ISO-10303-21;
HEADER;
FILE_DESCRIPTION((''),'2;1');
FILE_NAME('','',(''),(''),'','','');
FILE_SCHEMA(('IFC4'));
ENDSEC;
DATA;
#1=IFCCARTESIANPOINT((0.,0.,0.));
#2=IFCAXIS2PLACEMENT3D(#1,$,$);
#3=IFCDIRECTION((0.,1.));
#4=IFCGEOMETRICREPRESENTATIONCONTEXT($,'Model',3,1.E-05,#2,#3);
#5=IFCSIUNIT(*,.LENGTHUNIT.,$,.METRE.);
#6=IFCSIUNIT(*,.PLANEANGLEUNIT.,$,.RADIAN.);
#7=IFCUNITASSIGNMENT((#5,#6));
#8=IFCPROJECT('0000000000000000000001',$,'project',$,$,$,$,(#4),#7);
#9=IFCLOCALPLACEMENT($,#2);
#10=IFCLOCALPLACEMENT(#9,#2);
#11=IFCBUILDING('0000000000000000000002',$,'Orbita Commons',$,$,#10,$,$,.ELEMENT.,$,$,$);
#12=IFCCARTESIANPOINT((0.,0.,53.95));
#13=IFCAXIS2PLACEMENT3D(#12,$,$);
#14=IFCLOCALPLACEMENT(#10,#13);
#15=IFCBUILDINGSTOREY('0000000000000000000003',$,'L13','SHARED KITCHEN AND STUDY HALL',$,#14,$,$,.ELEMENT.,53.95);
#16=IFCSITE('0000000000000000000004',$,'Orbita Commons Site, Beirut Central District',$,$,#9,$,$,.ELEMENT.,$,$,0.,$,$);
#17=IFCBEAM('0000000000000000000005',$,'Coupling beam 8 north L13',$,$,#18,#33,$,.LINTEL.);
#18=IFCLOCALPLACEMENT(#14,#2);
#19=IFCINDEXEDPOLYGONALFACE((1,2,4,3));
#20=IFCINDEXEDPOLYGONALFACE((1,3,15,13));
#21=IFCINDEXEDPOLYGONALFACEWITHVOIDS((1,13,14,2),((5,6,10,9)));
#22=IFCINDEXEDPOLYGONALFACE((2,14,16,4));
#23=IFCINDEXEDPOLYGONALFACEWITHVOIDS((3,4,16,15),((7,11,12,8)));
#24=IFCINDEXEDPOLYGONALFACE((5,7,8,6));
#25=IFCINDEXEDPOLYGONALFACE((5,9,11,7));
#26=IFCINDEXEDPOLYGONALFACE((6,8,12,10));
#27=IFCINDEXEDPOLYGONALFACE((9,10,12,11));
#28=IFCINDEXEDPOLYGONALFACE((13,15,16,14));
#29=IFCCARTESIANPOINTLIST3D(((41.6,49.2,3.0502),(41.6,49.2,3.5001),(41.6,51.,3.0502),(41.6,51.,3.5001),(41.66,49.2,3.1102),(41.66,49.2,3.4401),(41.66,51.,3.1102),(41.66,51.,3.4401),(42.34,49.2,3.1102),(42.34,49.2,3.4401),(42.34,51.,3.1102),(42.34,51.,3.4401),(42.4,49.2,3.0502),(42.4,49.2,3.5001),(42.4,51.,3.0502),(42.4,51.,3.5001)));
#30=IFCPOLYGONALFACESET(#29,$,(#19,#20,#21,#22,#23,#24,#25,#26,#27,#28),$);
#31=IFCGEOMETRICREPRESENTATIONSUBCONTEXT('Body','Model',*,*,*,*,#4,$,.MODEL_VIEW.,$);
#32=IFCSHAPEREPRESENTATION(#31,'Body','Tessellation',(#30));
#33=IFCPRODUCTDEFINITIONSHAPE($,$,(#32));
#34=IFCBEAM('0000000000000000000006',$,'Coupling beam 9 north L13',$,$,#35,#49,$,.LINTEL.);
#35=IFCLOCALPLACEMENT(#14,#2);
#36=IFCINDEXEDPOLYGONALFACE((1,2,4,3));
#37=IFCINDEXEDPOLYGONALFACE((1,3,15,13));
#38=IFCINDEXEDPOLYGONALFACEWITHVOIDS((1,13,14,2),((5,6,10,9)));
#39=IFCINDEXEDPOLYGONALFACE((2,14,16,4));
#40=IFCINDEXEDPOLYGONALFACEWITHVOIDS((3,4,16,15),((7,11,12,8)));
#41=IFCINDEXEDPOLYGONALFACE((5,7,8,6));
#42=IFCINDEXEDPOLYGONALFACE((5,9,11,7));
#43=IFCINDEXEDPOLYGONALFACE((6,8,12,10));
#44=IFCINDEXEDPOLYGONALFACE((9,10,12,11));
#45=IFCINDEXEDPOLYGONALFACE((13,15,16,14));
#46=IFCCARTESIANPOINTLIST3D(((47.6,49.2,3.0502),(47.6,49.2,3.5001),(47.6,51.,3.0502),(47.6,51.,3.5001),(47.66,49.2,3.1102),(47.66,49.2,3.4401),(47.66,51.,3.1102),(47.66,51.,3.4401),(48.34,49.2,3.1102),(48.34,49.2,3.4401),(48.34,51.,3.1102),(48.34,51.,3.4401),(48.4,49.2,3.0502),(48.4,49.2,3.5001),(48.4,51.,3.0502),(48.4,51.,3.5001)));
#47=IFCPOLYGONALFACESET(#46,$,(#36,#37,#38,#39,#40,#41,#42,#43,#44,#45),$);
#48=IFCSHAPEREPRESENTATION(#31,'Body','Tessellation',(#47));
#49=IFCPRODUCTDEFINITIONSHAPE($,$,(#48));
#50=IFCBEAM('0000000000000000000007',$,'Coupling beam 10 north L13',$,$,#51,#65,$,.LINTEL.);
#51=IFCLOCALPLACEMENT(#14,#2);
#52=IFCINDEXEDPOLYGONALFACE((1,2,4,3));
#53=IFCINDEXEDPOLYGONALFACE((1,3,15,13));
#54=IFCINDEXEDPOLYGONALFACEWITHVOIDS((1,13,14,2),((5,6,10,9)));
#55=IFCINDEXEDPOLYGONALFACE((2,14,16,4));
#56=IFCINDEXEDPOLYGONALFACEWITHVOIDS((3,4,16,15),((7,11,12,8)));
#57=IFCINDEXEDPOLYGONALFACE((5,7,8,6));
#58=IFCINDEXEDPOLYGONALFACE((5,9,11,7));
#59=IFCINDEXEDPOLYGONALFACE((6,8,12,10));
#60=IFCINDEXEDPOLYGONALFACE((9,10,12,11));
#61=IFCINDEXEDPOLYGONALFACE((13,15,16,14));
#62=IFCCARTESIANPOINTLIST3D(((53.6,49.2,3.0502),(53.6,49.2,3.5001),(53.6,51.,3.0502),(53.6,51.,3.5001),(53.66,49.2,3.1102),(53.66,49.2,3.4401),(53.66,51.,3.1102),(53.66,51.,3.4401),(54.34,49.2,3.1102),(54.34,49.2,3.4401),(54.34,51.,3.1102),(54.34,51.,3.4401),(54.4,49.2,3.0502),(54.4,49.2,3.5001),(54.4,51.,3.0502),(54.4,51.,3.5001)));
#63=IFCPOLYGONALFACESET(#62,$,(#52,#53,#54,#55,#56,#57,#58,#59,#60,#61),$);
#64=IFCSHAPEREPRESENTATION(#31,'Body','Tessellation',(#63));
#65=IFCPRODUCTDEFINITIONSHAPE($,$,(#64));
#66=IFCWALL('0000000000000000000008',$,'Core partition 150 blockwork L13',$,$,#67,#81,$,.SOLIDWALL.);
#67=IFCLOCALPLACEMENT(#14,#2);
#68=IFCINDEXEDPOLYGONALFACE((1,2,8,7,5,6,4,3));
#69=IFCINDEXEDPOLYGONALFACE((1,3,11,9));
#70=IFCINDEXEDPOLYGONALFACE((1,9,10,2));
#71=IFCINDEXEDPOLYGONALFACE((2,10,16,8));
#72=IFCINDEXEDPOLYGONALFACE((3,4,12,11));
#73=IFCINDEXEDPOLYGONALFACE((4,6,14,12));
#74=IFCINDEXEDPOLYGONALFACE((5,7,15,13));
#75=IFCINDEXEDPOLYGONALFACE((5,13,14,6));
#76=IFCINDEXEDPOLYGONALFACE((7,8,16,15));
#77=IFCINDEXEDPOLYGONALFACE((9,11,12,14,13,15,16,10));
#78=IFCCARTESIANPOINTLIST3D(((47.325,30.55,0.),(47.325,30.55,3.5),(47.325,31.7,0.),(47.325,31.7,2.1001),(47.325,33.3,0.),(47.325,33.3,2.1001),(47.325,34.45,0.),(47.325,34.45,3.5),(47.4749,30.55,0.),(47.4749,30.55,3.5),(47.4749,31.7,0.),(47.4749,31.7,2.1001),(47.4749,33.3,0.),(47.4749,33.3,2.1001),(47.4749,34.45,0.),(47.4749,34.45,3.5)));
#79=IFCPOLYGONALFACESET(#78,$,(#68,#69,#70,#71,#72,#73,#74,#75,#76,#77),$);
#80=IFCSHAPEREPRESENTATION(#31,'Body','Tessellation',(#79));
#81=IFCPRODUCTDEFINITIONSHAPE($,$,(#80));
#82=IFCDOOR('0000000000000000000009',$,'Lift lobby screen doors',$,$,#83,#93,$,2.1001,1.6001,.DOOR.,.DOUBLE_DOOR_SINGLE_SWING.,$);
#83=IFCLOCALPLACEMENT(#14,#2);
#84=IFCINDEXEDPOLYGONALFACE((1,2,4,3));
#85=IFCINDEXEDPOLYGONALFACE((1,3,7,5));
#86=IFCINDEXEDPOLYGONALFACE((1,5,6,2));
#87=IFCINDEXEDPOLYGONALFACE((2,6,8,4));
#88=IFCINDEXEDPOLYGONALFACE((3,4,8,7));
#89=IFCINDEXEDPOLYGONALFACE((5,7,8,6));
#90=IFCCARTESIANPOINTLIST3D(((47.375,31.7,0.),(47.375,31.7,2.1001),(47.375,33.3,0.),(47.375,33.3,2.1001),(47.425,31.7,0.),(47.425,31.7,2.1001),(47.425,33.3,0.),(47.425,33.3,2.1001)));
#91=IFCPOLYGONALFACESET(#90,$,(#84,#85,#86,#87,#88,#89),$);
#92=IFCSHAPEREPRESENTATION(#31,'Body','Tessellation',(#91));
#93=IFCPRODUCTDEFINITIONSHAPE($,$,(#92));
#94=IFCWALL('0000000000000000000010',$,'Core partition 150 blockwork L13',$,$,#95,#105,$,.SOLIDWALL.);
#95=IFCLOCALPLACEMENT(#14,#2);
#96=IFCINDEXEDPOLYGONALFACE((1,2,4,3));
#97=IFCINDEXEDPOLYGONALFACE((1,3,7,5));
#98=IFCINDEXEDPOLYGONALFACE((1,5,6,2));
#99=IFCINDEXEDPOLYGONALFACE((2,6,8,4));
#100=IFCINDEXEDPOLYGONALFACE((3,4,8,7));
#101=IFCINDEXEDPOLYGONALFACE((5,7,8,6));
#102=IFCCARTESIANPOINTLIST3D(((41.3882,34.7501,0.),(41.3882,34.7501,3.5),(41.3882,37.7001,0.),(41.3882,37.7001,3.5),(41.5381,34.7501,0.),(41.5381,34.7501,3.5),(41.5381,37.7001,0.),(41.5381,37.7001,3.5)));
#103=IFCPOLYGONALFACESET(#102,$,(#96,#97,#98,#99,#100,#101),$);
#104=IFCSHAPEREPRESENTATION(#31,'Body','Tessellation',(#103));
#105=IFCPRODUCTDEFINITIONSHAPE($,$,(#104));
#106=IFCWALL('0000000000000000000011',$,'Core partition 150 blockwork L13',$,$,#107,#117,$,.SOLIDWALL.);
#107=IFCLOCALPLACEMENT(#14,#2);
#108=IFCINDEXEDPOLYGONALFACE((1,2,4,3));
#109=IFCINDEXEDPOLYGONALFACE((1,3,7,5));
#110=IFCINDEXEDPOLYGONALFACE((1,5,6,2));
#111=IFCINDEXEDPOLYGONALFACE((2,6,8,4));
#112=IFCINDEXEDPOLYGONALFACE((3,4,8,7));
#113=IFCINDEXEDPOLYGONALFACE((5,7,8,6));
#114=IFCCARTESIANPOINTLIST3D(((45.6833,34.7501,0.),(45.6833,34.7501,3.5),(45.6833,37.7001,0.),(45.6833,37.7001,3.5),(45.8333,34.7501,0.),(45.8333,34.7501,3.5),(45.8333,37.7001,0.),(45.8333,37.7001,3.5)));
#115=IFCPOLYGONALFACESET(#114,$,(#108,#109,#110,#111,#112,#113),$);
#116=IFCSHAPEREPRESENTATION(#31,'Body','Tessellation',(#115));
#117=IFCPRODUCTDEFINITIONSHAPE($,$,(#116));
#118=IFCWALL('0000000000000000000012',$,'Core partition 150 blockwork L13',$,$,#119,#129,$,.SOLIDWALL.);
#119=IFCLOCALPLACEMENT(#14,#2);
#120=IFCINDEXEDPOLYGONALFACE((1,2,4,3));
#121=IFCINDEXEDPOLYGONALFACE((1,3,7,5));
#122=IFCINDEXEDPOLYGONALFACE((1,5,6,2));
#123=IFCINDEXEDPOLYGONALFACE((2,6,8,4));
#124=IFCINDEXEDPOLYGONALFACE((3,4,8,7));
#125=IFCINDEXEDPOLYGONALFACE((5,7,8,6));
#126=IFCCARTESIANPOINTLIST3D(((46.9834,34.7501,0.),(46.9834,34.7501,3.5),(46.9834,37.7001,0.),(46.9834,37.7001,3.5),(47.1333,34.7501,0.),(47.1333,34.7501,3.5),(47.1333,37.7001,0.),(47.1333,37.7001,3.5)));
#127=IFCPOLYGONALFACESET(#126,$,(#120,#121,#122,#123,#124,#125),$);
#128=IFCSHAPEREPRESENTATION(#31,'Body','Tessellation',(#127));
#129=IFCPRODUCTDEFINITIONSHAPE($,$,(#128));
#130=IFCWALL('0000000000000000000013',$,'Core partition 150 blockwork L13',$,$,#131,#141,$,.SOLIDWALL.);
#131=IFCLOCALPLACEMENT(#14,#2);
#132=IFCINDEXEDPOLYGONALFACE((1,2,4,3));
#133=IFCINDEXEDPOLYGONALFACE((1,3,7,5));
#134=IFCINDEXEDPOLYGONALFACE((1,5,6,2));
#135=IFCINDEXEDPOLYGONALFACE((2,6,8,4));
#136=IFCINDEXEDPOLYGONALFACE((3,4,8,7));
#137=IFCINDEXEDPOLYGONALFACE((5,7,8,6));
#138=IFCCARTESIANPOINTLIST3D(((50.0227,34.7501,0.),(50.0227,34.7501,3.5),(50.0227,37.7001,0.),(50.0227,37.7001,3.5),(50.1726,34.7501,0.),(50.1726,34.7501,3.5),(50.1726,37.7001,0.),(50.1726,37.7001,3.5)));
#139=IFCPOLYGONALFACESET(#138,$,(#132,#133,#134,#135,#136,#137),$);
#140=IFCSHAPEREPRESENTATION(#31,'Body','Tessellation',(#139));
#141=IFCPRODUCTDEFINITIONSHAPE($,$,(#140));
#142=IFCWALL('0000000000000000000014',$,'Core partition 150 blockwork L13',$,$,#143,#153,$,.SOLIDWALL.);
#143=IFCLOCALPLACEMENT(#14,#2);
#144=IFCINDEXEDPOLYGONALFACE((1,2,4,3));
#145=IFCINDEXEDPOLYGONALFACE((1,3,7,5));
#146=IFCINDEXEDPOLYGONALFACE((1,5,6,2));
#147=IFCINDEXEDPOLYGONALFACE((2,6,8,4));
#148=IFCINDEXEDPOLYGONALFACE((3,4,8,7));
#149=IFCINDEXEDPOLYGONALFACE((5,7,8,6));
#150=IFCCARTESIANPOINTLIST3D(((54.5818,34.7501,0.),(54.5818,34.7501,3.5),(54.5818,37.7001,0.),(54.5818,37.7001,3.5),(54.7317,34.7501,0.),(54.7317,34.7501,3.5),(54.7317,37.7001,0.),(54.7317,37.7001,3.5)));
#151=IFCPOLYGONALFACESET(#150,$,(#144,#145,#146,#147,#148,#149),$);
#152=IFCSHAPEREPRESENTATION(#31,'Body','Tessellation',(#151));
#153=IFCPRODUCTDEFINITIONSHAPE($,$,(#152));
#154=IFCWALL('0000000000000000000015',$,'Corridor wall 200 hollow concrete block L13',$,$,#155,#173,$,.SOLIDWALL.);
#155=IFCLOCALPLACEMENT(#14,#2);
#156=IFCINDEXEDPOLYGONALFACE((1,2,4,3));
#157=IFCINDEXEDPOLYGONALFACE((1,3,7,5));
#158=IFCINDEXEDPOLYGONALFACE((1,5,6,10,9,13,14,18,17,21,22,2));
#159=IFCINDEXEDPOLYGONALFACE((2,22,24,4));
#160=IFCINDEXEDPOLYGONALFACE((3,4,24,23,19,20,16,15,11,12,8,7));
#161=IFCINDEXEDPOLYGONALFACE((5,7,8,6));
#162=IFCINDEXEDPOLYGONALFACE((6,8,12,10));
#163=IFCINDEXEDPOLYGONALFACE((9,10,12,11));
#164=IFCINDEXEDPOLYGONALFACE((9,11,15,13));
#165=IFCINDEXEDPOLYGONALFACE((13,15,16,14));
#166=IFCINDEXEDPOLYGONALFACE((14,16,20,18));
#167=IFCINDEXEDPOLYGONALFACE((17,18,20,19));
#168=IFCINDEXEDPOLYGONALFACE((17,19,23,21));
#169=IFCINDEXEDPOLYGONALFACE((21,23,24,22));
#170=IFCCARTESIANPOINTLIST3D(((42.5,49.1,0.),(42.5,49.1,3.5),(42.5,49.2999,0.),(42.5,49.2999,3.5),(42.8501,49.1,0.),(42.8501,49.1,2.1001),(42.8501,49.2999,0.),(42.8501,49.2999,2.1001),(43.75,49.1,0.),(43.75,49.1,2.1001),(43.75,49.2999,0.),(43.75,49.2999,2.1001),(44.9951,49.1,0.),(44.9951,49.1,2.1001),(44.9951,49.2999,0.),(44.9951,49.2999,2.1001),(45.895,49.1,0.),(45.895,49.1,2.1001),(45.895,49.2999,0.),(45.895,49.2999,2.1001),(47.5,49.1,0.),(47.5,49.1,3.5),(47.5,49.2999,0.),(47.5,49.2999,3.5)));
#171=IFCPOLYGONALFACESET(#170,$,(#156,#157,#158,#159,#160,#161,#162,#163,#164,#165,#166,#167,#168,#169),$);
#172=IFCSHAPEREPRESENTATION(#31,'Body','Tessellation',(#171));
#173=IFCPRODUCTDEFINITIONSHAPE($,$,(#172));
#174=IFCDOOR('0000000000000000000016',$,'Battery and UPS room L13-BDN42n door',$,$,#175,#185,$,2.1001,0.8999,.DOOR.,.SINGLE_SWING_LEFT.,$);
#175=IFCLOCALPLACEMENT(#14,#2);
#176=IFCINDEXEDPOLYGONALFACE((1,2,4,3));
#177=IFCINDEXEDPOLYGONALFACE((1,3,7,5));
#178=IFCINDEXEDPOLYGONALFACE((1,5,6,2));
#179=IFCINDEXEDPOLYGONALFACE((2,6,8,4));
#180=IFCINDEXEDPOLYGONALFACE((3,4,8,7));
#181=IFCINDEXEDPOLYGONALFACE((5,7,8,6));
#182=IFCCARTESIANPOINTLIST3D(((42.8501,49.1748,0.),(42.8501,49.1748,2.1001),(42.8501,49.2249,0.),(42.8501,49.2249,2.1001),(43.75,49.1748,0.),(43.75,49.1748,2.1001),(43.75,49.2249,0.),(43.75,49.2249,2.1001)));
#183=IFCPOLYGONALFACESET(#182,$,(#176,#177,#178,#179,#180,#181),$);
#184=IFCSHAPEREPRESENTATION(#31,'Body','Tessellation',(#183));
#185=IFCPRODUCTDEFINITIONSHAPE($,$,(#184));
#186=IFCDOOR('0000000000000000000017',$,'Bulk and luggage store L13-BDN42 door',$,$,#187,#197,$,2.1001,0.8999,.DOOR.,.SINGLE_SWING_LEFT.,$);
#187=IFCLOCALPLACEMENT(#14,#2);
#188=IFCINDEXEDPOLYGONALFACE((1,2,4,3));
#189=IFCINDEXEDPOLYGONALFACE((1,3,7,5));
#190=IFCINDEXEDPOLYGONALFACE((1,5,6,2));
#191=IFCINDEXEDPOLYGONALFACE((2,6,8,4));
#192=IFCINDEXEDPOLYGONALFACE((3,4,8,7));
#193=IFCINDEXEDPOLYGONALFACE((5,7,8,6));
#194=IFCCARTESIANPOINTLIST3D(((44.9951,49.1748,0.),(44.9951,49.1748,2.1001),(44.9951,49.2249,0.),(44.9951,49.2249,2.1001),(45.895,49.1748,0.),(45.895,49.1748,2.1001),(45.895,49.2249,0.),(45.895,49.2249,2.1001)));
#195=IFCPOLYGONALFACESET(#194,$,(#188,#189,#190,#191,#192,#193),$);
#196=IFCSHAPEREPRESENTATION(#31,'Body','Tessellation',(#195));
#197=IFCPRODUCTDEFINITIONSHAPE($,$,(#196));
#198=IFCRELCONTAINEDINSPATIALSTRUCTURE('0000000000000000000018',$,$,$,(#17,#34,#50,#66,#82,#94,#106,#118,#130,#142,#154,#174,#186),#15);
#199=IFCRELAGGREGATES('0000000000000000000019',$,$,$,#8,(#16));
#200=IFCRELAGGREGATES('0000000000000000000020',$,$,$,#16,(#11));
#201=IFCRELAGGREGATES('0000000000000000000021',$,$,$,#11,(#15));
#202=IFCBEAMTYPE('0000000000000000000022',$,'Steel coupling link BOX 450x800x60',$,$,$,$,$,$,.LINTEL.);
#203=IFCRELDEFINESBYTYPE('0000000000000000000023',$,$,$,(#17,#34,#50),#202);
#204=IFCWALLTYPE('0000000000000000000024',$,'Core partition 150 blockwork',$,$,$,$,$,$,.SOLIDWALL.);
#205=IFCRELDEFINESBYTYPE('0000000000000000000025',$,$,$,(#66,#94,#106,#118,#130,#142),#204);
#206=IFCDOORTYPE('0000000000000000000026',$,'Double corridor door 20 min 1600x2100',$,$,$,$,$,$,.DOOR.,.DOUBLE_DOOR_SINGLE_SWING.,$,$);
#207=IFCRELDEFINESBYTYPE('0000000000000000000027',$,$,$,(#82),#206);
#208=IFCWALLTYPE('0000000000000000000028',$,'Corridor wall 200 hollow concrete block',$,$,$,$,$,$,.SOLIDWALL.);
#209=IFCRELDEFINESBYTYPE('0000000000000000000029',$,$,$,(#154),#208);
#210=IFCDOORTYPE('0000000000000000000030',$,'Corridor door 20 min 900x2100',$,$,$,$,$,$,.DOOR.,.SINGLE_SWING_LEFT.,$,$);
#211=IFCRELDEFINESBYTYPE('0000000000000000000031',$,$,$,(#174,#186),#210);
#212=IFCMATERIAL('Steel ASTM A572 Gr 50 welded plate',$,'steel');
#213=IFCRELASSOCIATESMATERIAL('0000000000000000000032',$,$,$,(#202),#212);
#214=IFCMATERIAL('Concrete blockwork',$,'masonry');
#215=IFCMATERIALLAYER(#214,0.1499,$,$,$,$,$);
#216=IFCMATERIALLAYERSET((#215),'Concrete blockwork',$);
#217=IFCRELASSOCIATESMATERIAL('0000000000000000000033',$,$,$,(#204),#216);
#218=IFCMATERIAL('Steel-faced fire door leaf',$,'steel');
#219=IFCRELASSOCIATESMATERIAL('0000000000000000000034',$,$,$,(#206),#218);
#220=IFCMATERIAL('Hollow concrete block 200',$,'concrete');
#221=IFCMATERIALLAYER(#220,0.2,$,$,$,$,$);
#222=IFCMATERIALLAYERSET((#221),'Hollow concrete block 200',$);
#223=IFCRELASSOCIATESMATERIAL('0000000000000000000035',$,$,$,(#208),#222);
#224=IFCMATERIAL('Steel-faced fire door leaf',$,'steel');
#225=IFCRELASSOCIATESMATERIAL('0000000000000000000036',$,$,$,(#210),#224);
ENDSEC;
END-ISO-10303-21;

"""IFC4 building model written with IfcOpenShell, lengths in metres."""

from ifc_helpers import new_model, si_unit, direction, frame, frame_2d, origin, origin_2d, place, context, subcontext, project, spatial, rectangle, hollow_rectangle, extrude, material, layer, layer_set, material_profile, profile_set, type_object, element, fill, save


model = new_model("IFC4")

# Units and contexts
model_context = context("Model", 3, precision=1e-05, world=origin(), true_north=direction((0.0, 1.0)))
body_context = subcontext(model_context, "Body", "Model", "MODEL_VIEW")
ifc_project = project(units=[si_unit("LENGTHUNIT", "METRE"), si_unit("PLANEANGLEUNIT", "RADIAN")], contexts=[model_context])

# Site, building, storey
site_placement = place(None, origin())
site = spatial("IfcSite", under=ifc_project, at=site_placement, Name="Orbita Commons Site, Beirut Central District", CompositionType="ELEMENT", RefElevation=0.0)
building_placement = place(site_placement, origin())
building = spatial("IfcBuilding", under=site, at=building_placement, Name="Orbita Commons", CompositionType="ELEMENT")
storey_placement = place(building_placement, frame((0.0, 0.0, 53.95)))
storey = spatial("IfcBuildingStorey", under=building, at=storey_placement, Name="L13", Description="SHARED KITCHEN AND STUDY HALL", CompositionType="ELEMENT", Elevation=53.95)

# Beams
ifc_material_1 = material(Name="Steel ASTM A572 Gr 50 welded plate", Category="steel")
ifc_material_profile = material_profile(ifc_material_1, hollow_rectangle(XDim=0.8, YDim=0.45, WallThickness=0.0601, at=origin_2d()), Name="BOX 450x800x60")
ifc_profile_set = profile_set([ifc_material_profile], Name="Steel ASTM A572 Gr 50 welded plate")
beam_type = type_object("IfcBeamType", Name="Steel coupling link BOX 450x800x60", PredefinedType="LINTEL", material=ifc_profile_set)
for number, where, z_axis, x_axis, name in (
    (1, (42.0, 49.2, 3.2751), (0.0, 1.0, 0.0), (-1.0, 0.0, 0.0), "Coupling beam 8 north L13"),
    (2, (48.0, 49.2, 3.2751), (0.0, 1.0, 0.0), (-1.0, 0.0, 0.0), "Coupling beam 9 north L13"),
    (3, (54.0, 49.2, 3.2751), (0.0, 1.0, 0.0), (-1.0, 0.0, 0.0), "Coupling beam 10 north L13"),
):
    element("IfcBeam", number, at=place(storey_placement, frame(where, z_axis=z_axis, x_axis=x_axis)), inside=storey, type_object=beam_type, Name=name, PredefinedType="LINTEL", context=body_context, shape_type="SweptSolid", body=[
        extrude(hollow_rectangle(XDim=0.8, YDim=0.45, WallThickness=0.0601, at=origin_2d()), origin(), (0.0, 0.0, 1.0), 1.8),
    ])

# Wall, opening, door
ifc_material_2 = material(Name="Concrete blockwork", Category="masonry")
ifc_layer_1 = layer(ifc_material_2, 0.1499)
ifc_layer_set_1 = layer_set([ifc_layer_1], Name="Concrete blockwork")
wall_type_1 = type_object("IfcWallType", Name="Core partition 150 blockwork", PredefinedType="SOLIDWALL", material=ifc_layer_set_1)
wall_1_placement = place(storey_placement, frame((47.3999, 30.55, 0.0), z_axis=(0.0, 0.0, 1.0), x_axis=(0.0, 1.0, 0.0)))
wall_1 = element("IfcWall", 4, at=wall_1_placement, inside=storey, type_object=wall_type_1, Name="Core partition 150 blockwork L13", PredefinedType="SOLIDWALL", context=body_context, shape_type="SweptSolid", body=[
    extrude(rectangle(XDim=3.8999, YDim=0.1499, at=frame_2d((1.95, 0.0))), origin(), (0.0, 0.0, 1.0), 3.5),
])
opening_1_placement = place(wall_1_placement, frame((1.1499, 0.0, 0.0)))
opening_1 = element("IfcOpeningElement", 5, at=opening_1_placement, cuts=wall_1, PredefinedType="OPENING", context=body_context, shape_type="SweptSolid", body=[
    extrude(rectangle(XDim=1.6001, YDim=2.1001, at=frame_2d((0.8, 1.05))), frame((0.0, 0.085, 0.0), z_axis=(0.0, -1.0, 0.0), x_axis=(1.0, 0.0, 0.0)), (0.0, 0.0, 1.0), 0.1699),
])
ifc_material_3 = material(Name="Steel-faced fire door leaf", Category="steel")
door_type_1 = type_object("IfcDoorType", Name="Double corridor door 20 min 1600x2100", OperationType="DOUBLE_DOOR_SINGLE_SWING", PredefinedType="DOOR", material=ifc_material_3)
door_1_placement = place(opening_1_placement, origin())
door_1 = element("IfcDoor", 6, at=door_1_placement, inside=storey, type_object=door_type_1, Name="Lift lobby screen doors", OperationType="DOUBLE_DOOR_SINGLE_SWING", OverallHeight=2.1001, OverallWidth=1.6001, PredefinedType="DOOR", context=body_context, shape_type="SweptSolid", body=[
    extrude(rectangle(XDim=1.6001, YDim=2.1001, at=frame_2d((0.8, 1.05))), frame((0.0, 0.0249, 0.0), z_axis=(0.0, -1.0, 0.0), x_axis=(1.0, 0.0, 0.0)), (0.0, 0.0, 1.0), 0.05),
])
fill(opening_1, door_1)

# Walls
for number, where, z_axis, x_axis, name in (
    (7, (41.4631, 34.75, 0.0), (0.0, 0.0, 1.0), (0.0, 1.0, 0.0), "Core partition 150 blockwork L13"),
    (8, (45.7583, 34.75, 0.0), (0.0, 0.0, 1.0), (0.0, 1.0, 0.0), "Core partition 150 blockwork L13"),
    (9, (47.0583, 34.75, 0.0), (0.0, 0.0, 1.0), (0.0, 1.0, 0.0), "Core partition 150 blockwork L13"),
    (10, (50.0977, 34.75, 0.0), (0.0, 0.0, 1.0), (0.0, 1.0, 0.0), "Core partition 150 blockwork L13"),
    (11, (54.6567, 34.75, 0.0), (0.0, 0.0, 1.0), (0.0, 1.0, 0.0), "Core partition 150 blockwork L13"),
):
    element("IfcWall", number, at=place(storey_placement, frame(where, z_axis=z_axis, x_axis=x_axis)), inside=storey, type_object=wall_type_1, Name=name, PredefinedType="SOLIDWALL", context=body_context, shape_type="SweptSolid", body=[
        extrude(rectangle(XDim=2.95, YDim=0.1499, at=frame_2d((1.4751, 0.0))), origin(), (0.0, 0.0, 1.0), 3.5),
    ])

# Wall, openings, doors
ifc_material_4 = material(Name="Hollow concrete block 200", Category="concrete")
ifc_layer_2 = layer(ifc_material_4, 0.2)
ifc_layer_set_2 = layer_set([ifc_layer_2], Name="Hollow concrete block 200")
wall_type_2 = type_object("IfcWallType", Name="Corridor wall 200 hollow concrete block", PredefinedType="SOLIDWALL", material=ifc_layer_set_2)
wall_2_placement = place(storey_placement, frame((42.5, 49.2, 0.0), z_axis=(0.0, 0.0, 1.0), x_axis=(1.0, 0.0, 0.0)))
wall_2 = element("IfcWall", 12, at=wall_2_placement, inside=storey, type_object=wall_type_2, Name="Corridor wall 200 hollow concrete block L13", PredefinedType="SOLIDWALL", context=body_context, shape_type="SweptSolid", body=[
    extrude(rectangle(XDim=5.0, YDim=0.2, at=frame_2d((2.5, 0.0))), origin(), (0.0, 0.0, 1.0), 3.5),
])
opening_2_placement = place(wall_2_placement, frame((0.3501, 0.0, 0.0)))
opening_2 = element("IfcOpeningElement", 13, at=opening_2_placement, cuts=wall_2, PredefinedType="OPENING", context=body_context, shape_type="SweptSolid", body=[
    extrude(rectangle(XDim=0.8999, YDim=2.1001, at=frame_2d((0.45, 1.05))), frame((0.0, 0.1099, 0.0), z_axis=(0.0, -1.0, 0.0), x_axis=(1.0, 0.0, 0.0)), (0.0, 0.0, 1.0), 0.22),
])
opening_3_placement = place(wall_2_placement, frame((2.4951, 0.0, 0.0)))
opening_3 = element("IfcOpeningElement", 14, at=opening_3_placement, cuts=wall_2, PredefinedType="OPENING", context=body_context, shape_type="SweptSolid", body=[
    extrude(rectangle(XDim=0.8999, YDim=2.1001, at=frame_2d((0.45, 1.05))), frame((0.0, 0.1099, 0.0), z_axis=(0.0, -1.0, 0.0), x_axis=(1.0, 0.0, 0.0)), (0.0, 0.0, 1.0), 0.22),
])
ifc_material_5 = material(Name="Steel-faced fire door leaf", Category="steel")
door_type_2 = type_object("IfcDoorType", Name="Corridor door 20 min 900x2100", OperationType="SINGLE_SWING_LEFT", PredefinedType="DOOR", material=ifc_material_5)
door_2_placement = place(opening_2_placement, origin())
door_2 = element("IfcDoor", 15, at=door_2_placement, inside=storey, type_object=door_type_2, Name="Battery and UPS room L13-BDN42n door", OperationType="SINGLE_SWING_LEFT", OverallHeight=2.1001, OverallWidth=0.8999, PredefinedType="DOOR", context=body_context, shape_type="SweptSolid", body=[
    extrude(rectangle(XDim=0.8999, YDim=2.1001, at=frame_2d((0.45, 1.05))), frame((0.0, 0.0249, 0.0), z_axis=(0.0, -1.0, 0.0), x_axis=(1.0, 0.0, 0.0)), (0.0, 0.0, 1.0), 0.05),
])
fill(opening_2, door_2)
door_3_placement = place(opening_3_placement, origin())
door_3 = element("IfcDoor", 16, at=door_3_placement, inside=storey, type_object=door_type_2, Name="Bulk and luggage store L13-BDN42 door", OperationType="SINGLE_SWING_LEFT", OverallHeight=2.1001, OverallWidth=0.8999, PredefinedType="DOOR", context=body_context, shape_type="SweptSolid", body=[
    extrude(rectangle(XDim=0.8999, YDim=2.1001, at=frame_2d((0.45, 1.05))), frame((0.0, 0.0249, 0.0), z_axis=(0.0, -1.0, 0.0), x_axis=(1.0, 0.0, 0.0)), (0.0, 0.0, 1.0), 0.05),
])
fill(opening_3, door_3)

save(model, "model.ifc")
